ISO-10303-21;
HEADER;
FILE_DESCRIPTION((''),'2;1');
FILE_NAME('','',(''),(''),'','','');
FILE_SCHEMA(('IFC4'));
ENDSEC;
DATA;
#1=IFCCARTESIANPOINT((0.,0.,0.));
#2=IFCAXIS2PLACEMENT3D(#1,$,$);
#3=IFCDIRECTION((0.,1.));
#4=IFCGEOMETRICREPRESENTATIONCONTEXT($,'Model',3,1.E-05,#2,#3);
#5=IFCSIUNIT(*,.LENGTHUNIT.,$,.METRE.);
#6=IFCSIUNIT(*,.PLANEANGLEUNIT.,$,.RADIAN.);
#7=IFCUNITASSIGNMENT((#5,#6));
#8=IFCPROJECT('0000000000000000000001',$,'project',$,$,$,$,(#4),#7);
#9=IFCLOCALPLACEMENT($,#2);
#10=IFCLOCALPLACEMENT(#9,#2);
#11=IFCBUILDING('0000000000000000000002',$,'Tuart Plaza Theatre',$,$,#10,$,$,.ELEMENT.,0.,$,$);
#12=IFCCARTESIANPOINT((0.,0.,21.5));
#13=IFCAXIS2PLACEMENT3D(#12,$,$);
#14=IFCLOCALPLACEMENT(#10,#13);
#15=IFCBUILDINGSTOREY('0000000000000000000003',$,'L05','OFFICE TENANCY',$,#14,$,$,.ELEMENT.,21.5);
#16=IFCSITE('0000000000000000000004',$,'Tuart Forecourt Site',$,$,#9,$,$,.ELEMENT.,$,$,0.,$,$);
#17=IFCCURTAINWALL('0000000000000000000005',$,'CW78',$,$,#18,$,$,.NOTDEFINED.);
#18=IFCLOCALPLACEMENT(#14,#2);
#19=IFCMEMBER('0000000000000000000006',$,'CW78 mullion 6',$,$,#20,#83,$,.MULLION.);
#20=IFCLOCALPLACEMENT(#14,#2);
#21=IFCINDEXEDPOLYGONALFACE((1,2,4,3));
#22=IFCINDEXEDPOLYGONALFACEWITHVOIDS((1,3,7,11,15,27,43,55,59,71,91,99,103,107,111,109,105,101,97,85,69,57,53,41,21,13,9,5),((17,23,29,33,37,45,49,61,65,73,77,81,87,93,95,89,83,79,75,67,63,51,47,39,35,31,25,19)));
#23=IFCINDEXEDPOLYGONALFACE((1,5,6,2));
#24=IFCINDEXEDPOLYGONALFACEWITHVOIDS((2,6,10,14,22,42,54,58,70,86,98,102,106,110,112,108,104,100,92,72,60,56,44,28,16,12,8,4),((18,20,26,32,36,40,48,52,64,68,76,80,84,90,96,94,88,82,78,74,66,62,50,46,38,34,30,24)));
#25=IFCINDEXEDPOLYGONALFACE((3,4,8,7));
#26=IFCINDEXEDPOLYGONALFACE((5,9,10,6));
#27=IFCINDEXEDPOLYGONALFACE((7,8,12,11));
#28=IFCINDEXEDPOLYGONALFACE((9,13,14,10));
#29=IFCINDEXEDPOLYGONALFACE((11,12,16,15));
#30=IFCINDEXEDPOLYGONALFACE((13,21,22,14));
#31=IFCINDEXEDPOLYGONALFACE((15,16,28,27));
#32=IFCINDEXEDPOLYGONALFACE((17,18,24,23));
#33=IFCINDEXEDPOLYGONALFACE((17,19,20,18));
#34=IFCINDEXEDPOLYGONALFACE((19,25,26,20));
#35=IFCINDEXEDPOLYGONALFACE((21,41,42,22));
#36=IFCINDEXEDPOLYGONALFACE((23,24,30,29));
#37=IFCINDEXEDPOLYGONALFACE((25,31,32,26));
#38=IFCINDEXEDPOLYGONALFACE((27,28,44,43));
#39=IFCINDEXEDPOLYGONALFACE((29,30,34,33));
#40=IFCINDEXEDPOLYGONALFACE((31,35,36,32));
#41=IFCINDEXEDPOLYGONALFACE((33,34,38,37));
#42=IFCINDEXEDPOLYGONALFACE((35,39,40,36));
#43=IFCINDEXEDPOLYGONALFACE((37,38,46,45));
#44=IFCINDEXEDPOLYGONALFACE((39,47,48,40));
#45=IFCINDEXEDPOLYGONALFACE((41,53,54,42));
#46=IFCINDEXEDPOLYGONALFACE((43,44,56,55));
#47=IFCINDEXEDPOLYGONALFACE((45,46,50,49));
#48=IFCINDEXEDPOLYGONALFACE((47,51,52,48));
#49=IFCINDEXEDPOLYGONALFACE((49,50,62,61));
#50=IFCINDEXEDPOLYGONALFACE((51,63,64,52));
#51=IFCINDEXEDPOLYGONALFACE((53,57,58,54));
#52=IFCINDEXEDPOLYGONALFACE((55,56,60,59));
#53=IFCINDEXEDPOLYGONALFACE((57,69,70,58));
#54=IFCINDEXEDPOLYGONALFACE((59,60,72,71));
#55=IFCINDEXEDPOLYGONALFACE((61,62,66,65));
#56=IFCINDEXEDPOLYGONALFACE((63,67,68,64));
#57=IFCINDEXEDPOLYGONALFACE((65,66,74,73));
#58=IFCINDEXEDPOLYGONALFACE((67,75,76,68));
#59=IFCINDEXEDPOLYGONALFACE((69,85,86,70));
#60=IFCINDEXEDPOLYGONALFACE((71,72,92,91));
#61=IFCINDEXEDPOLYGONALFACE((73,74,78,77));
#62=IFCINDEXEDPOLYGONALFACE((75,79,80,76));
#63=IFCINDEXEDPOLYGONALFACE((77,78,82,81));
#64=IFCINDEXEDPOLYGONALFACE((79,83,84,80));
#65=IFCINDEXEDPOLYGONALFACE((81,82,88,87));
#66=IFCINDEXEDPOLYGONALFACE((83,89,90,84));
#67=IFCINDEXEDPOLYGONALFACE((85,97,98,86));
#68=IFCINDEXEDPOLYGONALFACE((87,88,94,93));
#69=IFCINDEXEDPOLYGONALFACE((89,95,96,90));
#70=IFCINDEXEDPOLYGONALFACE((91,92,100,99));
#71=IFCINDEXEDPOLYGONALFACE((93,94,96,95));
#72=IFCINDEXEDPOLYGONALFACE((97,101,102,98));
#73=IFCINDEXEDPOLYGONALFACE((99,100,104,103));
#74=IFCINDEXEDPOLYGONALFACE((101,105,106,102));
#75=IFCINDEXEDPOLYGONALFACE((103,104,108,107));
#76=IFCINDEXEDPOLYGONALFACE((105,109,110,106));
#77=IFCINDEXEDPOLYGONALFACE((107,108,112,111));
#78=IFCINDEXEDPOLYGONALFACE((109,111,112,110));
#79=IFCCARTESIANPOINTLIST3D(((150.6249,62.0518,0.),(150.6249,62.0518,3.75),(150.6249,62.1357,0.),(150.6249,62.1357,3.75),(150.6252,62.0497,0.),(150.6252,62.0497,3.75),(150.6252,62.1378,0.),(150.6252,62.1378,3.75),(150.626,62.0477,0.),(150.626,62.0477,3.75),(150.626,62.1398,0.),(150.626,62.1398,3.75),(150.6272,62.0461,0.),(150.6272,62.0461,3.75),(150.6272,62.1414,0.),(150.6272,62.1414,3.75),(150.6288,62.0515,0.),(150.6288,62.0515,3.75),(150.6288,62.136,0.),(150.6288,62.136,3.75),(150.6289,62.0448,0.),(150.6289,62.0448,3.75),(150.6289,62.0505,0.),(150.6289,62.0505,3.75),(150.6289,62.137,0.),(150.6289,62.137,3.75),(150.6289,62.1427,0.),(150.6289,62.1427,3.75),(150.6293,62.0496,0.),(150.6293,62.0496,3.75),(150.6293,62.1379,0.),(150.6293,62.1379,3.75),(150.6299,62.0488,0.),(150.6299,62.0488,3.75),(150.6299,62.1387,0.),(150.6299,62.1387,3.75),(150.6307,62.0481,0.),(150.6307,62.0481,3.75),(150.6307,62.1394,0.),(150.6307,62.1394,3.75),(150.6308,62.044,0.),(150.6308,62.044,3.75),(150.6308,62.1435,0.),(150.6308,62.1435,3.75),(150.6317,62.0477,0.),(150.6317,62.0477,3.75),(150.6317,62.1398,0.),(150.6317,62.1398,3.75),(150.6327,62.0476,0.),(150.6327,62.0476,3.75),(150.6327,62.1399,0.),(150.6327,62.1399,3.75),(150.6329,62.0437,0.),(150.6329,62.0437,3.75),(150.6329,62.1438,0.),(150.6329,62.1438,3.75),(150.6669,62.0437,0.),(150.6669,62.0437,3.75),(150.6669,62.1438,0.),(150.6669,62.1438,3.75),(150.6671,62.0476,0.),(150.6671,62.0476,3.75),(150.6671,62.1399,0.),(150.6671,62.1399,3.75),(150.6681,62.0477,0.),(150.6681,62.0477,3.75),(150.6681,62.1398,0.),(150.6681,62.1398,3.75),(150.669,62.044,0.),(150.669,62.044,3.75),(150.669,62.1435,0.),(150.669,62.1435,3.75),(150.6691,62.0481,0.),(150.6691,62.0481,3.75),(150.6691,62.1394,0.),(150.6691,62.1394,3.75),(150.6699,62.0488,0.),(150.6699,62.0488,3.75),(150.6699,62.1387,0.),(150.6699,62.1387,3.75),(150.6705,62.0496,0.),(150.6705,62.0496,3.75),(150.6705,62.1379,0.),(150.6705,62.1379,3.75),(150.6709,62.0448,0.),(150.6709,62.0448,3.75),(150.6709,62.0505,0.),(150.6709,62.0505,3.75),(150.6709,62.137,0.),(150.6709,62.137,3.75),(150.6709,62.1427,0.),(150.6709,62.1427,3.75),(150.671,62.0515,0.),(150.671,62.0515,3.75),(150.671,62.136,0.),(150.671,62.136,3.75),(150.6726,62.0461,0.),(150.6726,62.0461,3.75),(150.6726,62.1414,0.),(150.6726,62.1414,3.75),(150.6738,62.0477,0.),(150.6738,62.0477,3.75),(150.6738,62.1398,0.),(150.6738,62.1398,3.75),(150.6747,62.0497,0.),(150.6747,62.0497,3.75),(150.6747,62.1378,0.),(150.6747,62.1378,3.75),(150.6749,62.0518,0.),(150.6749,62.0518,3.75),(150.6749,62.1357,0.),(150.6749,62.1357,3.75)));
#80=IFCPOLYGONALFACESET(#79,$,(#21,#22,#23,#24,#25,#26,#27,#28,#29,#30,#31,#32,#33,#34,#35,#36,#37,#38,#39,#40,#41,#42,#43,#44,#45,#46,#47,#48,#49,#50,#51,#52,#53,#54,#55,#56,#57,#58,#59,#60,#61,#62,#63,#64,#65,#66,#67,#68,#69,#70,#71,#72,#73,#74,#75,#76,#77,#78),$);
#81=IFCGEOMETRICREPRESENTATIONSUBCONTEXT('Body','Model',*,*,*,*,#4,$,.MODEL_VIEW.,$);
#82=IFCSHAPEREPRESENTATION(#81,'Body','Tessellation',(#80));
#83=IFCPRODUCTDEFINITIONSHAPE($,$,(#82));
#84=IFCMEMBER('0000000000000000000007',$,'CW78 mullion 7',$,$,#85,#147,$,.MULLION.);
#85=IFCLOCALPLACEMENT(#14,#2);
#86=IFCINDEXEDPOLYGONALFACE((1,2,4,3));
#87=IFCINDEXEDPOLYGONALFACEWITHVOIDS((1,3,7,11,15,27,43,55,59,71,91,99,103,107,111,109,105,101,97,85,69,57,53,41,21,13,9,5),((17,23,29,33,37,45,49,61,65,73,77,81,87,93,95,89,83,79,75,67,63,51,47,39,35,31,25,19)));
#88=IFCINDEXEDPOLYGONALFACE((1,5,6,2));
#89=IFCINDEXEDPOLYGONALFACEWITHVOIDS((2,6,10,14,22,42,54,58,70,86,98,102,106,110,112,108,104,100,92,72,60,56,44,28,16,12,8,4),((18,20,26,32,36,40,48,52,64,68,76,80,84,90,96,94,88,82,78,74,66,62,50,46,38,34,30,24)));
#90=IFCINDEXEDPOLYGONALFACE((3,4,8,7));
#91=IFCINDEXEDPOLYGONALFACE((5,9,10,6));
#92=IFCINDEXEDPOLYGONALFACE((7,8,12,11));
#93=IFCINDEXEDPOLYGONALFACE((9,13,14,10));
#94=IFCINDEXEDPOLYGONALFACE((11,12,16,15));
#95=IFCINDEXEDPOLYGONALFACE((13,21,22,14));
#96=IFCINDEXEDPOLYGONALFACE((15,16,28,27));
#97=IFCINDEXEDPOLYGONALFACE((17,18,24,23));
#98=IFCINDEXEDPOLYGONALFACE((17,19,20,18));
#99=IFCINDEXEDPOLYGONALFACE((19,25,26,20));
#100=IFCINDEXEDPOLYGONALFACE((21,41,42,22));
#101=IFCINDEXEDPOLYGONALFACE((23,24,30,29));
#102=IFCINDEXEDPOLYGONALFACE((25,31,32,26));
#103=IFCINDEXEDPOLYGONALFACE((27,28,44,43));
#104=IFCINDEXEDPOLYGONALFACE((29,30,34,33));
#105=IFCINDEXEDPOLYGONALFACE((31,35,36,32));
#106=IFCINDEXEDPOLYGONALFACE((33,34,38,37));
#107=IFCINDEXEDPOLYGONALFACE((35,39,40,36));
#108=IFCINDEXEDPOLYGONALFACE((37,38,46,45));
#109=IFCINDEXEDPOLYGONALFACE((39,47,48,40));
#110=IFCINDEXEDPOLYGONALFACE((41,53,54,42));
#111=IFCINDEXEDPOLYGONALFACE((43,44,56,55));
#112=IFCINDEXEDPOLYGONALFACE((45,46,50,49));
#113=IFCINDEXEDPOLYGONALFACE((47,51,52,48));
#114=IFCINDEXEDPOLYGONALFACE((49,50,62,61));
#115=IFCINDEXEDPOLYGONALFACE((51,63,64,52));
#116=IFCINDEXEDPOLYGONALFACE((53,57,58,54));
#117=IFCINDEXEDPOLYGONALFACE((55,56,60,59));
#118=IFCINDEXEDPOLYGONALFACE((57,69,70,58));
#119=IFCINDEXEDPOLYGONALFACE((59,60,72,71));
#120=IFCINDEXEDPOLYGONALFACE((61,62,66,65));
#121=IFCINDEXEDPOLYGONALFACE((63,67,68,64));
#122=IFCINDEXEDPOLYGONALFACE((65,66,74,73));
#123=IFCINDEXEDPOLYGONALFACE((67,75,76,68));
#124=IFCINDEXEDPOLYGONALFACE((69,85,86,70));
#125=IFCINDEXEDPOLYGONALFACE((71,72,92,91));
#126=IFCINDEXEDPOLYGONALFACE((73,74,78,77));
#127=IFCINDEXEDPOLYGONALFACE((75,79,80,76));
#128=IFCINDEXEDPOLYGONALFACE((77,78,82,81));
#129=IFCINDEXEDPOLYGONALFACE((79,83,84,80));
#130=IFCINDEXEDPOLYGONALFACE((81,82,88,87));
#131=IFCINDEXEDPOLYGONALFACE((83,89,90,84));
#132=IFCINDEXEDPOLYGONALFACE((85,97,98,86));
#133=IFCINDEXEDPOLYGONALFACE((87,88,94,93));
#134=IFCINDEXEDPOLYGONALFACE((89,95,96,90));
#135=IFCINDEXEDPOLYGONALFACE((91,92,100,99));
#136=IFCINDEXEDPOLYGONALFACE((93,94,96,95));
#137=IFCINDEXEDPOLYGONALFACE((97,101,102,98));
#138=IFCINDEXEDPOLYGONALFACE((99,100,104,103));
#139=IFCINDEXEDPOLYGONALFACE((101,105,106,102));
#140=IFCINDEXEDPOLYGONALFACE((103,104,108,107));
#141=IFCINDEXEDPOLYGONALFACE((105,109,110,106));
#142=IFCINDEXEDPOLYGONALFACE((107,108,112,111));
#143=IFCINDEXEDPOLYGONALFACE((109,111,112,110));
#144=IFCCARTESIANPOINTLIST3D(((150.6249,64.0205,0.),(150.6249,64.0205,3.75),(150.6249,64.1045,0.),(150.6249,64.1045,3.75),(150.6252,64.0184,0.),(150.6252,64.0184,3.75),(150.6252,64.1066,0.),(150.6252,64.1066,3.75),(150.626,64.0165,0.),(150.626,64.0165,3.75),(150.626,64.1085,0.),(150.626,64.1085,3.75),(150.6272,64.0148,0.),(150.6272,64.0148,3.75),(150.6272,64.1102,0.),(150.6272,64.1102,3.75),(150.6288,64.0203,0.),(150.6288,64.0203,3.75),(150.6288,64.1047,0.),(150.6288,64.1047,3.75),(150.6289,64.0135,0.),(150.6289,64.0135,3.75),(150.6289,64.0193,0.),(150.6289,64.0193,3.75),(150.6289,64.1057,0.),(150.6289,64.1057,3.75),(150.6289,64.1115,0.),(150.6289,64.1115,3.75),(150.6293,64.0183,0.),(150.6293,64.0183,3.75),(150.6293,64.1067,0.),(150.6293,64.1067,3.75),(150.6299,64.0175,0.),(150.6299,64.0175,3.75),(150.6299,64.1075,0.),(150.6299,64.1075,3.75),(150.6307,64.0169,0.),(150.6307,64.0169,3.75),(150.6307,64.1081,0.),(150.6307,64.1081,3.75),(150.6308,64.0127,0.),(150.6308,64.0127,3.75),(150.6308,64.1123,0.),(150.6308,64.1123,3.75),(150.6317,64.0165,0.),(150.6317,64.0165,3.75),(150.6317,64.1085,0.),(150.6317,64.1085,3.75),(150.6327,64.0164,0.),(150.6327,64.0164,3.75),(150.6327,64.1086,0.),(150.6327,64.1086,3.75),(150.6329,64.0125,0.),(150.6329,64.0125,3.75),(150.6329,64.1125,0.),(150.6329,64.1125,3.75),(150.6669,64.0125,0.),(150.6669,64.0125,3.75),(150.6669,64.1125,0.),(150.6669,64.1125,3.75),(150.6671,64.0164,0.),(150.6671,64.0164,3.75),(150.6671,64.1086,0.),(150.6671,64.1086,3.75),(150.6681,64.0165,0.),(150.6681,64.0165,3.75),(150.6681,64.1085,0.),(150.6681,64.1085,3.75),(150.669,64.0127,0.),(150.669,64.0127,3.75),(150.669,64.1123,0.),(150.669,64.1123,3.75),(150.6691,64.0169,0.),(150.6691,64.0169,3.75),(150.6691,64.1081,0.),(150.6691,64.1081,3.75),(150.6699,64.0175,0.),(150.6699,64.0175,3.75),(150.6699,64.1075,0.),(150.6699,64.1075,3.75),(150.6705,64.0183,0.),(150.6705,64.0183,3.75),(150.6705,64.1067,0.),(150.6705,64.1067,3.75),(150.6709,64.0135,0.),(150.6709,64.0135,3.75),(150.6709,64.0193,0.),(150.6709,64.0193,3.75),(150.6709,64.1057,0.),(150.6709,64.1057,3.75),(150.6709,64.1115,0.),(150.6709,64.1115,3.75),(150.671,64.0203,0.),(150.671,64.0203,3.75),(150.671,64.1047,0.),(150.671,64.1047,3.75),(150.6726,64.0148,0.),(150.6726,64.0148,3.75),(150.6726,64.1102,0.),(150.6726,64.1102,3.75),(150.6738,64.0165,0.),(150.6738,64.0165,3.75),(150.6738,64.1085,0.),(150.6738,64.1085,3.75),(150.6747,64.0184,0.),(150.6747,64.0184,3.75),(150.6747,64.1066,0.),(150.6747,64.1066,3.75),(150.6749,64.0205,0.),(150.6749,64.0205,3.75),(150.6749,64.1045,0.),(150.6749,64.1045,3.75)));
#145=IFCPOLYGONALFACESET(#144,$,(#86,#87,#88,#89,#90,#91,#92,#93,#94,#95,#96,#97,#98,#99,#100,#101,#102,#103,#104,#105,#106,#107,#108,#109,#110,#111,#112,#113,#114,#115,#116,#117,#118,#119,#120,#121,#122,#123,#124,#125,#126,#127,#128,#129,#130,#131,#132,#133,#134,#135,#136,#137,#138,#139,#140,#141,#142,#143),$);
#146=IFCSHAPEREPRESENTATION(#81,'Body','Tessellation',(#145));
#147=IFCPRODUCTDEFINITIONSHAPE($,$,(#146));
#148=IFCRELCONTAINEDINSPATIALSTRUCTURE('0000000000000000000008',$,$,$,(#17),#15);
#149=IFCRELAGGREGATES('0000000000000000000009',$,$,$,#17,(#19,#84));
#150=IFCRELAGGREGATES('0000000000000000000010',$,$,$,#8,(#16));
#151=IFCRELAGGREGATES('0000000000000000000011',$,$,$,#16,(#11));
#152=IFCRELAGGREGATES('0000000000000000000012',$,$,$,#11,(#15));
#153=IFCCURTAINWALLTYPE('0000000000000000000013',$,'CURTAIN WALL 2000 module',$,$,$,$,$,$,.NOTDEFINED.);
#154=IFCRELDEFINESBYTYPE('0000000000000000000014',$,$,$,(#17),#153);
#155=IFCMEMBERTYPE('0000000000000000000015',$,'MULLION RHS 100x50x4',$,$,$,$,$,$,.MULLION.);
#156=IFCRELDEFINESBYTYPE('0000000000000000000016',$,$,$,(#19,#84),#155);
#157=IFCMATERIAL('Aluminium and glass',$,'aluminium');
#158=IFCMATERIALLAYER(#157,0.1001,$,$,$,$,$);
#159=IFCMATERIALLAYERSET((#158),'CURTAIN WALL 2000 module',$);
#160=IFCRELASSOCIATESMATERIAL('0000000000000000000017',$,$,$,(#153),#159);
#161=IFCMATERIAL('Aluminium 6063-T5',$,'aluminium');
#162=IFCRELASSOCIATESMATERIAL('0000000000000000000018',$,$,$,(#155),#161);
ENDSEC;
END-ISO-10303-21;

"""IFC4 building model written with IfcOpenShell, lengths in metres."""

from ifc_helpers import new_model, si_unit, direction, frame, origin, origin_2d, place, context, subcontext, project, spatial, hollow_rectangle, extrude, material, layer, layer_set, material_profile, profile_set, type_object, element, aggregate, save


model = new_model("IFC4")

# Units and contexts
model_context = context("Model", 3, precision=1e-05, world=origin(), true_north=direction((0.0, 1.0)))
body_context = subcontext(model_context, "Body", "Model", "MODEL_VIEW")
ifc_project = project(units=[si_unit("LENGTHUNIT", "METRE"), si_unit("PLANEANGLEUNIT", "RADIAN")], contexts=[model_context])

# Site, building, storey
site_placement = place(None, origin())
site = spatial("IfcSite", under=ifc_project, at=site_placement, Name="Tuart Forecourt Site", CompositionType="ELEMENT", RefElevation=0.0)
building_placement = place(site_placement, origin())
building = spatial("IfcBuilding", under=site, at=building_placement, Name="Tuart Plaza Theatre", CompositionType="ELEMENT", ElevationOfRefHeight=0.0)
storey_placement = place(building_placement, frame((0.0, 0.0, 21.5)))
storey = spatial("IfcBuildingStorey", under=building, at=storey_placement, Name="L05", Description="OFFICE TENANCY", CompositionType="ELEMENT", Elevation=21.5)

# Curtain wall, members
ifc_material_1 = material(Name="Aluminium and glass", Category="aluminium")
ifc_layer_1 = layer(ifc_material_1, 0.1001)
ifc_layer_set_1 = layer_set([ifc_layer_1], Name="CURTAIN WALL 2000 module")
curtain_wall_type = type_object("IfcCurtainWallType", Name="CURTAIN WALL 2000 module", PredefinedType="NOTDEFINED", material=ifc_layer_set_1)
curtain_wall_placement = place(storey_placement, origin())
curtain_wall = element("IfcCurtainWall", 1, at=curtain_wall_placement, inside=storey, type_object=curtain_wall_type, Name="CW78", PredefinedType="NOTDEFINED")
ifc_material_2 = material(Name="Aluminium 6063-T5", Category="aluminium")
ifc_material_profile_1 = material_profile(ifc_material_2, hollow_rectangle(XDim=0.05, YDim=0.1001, WallThickness=0.0039, InnerFilletRadius=0.0039, OuterFilletRadius=0.0081, at=origin_2d()), Name="RHS 100x50x4")
ifc_profile_set_1 = profile_set([ifc_material_profile_1], Name="Aluminium 6063-T5")
member_type_1 = type_object("IfcMemberType", Name="MULLION RHS 100x50x4", PredefinedType="MULLION", material=ifc_profile_set_1)
member_1_placement = place(storey_placement, frame((150.6499, 62.0938, 0.0), z_axis=(0.0, 0.0, 1.0), x_axis=(-1.0, 0.0, 0.0)))
member_1 = element("IfcMember", 2, at=member_1_placement, type_object=member_type_1, Name="CW78 mullion 6", PredefinedType="MULLION", context=body_context, shape_type="SweptSolid", body=[
    extrude(hollow_rectangle(XDim=0.05, YDim=0.1001, WallThickness=0.0039, InnerFilletRadius=0.0039, OuterFilletRadius=0.0081, at=origin_2d()), origin(), (0.0, 0.0, 1.0), 3.75),
])
member_2_placement = place(storey_placement, frame((150.6499, 64.0625, 0.0), z_axis=(0.0, 0.0, 1.0), x_axis=(-1.0, 0.0, 0.0)))
member_2 = element("IfcMember", 3, at=member_2_placement, type_object=member_type_1, Name="CW78 mullion 7", PredefinedType="MULLION", context=body_context, shape_type="SweptSolid", body=[
    extrude(hollow_rectangle(XDim=0.05, YDim=0.1001, WallThickness=0.0039, InnerFilletRadius=0.0039, OuterFilletRadius=0.0081, at=origin_2d()), origin(), (0.0, 0.0, 1.0), 3.75),
])
aggregate(curtain_wall, [member_1, member_2])

save(model, "model.ifc")
